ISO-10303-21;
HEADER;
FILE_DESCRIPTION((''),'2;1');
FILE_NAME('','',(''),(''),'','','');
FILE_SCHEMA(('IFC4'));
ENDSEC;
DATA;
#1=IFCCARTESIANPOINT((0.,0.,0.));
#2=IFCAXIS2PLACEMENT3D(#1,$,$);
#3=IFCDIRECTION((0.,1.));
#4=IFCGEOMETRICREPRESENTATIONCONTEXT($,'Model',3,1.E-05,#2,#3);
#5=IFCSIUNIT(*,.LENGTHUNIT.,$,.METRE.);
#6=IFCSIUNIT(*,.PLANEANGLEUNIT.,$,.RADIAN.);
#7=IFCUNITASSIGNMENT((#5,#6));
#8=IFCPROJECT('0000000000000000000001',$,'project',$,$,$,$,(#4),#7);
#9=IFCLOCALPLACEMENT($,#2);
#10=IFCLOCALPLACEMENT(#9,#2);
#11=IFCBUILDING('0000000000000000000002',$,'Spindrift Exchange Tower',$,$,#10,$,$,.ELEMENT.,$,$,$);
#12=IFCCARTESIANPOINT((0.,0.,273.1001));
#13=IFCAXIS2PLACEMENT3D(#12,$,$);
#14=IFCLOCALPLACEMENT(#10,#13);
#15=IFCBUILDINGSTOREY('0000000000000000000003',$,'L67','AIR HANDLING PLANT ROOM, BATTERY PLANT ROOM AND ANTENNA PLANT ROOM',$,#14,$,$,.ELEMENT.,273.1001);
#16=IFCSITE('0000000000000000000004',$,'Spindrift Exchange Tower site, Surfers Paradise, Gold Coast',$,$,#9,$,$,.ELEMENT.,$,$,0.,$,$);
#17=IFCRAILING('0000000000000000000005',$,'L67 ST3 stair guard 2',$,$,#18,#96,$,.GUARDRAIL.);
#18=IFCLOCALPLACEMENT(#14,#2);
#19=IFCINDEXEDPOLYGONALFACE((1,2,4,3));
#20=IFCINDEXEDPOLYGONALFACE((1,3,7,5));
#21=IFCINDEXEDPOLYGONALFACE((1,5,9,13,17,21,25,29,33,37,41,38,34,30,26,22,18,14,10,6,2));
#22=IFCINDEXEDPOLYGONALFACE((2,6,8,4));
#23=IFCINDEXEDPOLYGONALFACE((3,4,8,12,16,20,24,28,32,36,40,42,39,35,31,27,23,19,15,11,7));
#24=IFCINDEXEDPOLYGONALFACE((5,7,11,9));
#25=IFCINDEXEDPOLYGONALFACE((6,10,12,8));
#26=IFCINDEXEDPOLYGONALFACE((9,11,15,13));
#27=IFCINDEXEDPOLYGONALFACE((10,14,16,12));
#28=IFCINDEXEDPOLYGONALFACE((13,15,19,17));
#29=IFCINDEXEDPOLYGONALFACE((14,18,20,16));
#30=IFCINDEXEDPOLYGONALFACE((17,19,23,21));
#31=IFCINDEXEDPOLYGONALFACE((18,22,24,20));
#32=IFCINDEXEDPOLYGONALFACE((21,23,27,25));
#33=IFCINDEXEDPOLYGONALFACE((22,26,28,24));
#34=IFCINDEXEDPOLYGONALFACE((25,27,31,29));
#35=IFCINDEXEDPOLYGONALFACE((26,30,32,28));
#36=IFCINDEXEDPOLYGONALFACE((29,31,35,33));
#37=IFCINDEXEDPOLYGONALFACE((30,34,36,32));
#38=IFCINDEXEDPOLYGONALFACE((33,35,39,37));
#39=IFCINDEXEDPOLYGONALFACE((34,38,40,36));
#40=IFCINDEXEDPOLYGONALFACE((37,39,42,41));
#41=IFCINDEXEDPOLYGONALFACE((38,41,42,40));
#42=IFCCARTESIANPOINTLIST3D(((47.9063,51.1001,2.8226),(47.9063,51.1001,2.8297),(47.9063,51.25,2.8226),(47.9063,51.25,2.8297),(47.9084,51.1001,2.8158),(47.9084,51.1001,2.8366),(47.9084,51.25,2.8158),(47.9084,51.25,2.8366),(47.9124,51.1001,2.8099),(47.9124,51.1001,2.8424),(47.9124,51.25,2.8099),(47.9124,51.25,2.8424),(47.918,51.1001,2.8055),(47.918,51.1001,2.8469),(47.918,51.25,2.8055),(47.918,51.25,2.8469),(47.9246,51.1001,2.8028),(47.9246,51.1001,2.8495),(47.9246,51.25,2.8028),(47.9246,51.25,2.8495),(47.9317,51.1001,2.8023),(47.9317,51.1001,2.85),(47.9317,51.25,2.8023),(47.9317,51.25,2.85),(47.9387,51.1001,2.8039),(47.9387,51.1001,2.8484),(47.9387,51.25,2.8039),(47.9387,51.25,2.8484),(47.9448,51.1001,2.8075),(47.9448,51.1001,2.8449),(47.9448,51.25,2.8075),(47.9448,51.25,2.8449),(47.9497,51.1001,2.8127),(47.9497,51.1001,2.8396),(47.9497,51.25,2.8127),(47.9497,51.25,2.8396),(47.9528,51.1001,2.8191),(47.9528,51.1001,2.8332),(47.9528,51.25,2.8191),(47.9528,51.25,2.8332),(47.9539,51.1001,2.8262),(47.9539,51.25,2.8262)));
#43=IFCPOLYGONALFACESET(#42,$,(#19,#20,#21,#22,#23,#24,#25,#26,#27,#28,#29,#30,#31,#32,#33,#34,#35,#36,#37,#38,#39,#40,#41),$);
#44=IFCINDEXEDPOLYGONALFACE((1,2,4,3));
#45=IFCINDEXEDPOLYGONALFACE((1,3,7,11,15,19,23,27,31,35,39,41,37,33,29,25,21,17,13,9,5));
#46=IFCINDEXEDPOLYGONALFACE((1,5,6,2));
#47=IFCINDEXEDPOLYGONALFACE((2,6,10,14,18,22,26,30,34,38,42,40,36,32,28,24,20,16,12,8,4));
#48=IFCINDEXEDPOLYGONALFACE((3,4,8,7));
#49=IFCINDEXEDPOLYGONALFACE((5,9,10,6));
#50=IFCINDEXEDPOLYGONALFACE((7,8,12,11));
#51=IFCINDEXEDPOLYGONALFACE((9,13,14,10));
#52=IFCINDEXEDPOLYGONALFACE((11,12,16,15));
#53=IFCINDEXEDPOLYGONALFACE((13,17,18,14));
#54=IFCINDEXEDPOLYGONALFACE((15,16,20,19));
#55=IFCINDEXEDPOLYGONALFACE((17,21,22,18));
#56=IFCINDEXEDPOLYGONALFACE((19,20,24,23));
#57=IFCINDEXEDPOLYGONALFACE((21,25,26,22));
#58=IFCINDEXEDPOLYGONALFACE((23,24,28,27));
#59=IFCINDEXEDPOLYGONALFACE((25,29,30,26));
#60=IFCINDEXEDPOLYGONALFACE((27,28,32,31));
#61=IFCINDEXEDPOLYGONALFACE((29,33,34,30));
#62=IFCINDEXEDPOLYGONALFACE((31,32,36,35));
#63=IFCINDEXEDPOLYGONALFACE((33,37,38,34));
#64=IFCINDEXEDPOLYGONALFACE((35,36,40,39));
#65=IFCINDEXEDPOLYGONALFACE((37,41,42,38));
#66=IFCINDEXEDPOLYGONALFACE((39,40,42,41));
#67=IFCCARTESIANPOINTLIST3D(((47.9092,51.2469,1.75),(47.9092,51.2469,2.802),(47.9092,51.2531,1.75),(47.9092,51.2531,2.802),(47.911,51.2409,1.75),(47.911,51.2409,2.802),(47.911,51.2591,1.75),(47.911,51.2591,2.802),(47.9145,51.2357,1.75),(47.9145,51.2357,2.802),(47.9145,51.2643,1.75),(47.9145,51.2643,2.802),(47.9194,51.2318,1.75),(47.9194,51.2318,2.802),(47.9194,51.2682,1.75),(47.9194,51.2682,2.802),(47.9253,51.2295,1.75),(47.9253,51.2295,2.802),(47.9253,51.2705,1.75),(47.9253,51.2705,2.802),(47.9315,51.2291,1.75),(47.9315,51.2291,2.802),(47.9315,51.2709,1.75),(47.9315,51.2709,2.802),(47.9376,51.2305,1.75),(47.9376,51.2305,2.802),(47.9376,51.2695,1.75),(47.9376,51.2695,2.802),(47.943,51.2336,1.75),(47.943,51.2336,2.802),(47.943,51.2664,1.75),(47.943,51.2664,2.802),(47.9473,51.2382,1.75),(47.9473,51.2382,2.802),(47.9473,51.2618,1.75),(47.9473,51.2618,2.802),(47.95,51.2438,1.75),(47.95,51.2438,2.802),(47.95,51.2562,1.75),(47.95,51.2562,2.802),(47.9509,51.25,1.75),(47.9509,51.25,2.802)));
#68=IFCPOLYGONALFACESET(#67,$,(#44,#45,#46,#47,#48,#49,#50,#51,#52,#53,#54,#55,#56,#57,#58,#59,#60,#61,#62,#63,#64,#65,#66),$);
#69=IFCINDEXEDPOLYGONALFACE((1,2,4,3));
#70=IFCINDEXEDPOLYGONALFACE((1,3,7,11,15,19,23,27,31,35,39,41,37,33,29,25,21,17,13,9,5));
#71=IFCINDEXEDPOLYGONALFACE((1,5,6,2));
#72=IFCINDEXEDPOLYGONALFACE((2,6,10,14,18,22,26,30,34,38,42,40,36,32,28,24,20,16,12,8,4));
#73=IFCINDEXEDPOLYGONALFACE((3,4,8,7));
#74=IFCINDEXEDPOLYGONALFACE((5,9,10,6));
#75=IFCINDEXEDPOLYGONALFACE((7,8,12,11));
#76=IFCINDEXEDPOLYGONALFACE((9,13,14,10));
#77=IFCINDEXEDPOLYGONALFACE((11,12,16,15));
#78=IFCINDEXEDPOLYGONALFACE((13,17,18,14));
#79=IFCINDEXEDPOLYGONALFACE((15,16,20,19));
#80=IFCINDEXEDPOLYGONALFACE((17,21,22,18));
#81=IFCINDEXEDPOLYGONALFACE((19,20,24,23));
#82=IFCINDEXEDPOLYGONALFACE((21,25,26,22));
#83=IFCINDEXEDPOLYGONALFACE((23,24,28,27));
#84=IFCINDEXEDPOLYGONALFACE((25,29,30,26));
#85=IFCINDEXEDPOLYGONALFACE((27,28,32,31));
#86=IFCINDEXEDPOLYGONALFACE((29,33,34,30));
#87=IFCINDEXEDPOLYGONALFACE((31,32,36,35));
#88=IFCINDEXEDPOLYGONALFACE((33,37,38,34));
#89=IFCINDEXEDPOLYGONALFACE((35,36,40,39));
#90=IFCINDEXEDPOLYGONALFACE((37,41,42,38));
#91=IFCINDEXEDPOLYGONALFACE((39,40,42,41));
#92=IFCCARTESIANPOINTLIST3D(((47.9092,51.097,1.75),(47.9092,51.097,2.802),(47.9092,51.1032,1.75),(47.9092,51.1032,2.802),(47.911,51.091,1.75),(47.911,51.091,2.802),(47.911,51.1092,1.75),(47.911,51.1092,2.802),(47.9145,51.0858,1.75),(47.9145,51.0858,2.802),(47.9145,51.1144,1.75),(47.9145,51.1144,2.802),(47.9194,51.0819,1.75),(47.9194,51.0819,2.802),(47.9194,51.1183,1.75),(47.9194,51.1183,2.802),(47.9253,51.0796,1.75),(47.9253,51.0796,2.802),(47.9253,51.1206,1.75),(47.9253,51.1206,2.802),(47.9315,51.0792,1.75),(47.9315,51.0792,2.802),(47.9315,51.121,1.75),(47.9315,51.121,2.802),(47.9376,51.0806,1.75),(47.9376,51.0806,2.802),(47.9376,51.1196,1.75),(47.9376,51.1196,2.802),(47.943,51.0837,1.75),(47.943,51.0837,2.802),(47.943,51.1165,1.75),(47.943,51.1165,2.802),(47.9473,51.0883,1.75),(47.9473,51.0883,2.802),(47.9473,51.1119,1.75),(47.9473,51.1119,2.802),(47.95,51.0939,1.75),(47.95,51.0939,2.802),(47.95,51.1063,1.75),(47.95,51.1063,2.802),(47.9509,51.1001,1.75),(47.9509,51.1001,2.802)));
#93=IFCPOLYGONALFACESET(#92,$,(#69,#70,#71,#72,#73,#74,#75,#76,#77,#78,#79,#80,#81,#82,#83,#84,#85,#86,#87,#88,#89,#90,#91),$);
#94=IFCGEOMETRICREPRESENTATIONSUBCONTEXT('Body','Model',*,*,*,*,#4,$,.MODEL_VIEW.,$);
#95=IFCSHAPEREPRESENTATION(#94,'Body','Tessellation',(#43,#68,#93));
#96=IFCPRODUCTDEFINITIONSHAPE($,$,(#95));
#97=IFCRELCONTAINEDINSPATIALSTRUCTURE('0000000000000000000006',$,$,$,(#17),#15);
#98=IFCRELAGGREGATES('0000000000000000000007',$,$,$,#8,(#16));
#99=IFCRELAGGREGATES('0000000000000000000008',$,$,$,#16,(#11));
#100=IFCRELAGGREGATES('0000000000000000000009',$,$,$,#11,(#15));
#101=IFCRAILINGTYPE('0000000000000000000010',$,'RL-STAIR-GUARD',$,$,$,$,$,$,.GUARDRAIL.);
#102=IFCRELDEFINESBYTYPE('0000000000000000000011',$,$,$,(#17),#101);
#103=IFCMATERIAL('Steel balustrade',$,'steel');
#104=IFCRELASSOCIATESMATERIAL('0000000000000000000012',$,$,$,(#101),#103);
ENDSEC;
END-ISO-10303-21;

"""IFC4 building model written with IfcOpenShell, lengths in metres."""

from ifc_helpers import new_model, si_unit, direction, frame, origin, origin_2d, place, context, subcontext, project, spatial, circle, extrude, material, type_object, element, save


model = new_model("IFC4")

# Units and contexts
model_context = context("Model", 3, precision=1e-05, world=origin(), true_north=direction((0.0, 1.0)))
body_context = subcontext(model_context, "Body", "Model", "MODEL_VIEW")
ifc_project = project(units=[si_unit("LENGTHUNIT", "METRE"), si_unit("PLANEANGLEUNIT", "RADIAN")], contexts=[model_context])

# Site, building, storey
site_placement = place(None, origin())
site = spatial("IfcSite", under=ifc_project, at=site_placement, Name="Spindrift Exchange Tower site, Surfers Paradise, Gold Coast", CompositionType="ELEMENT", RefElevation=0.0)
building_placement = place(site_placement, origin())
building = spatial("IfcBuilding", under=site, at=building_placement, Name="Spindrift Exchange Tower", CompositionType="ELEMENT")
storey_placement = place(building_placement, frame((0.0, 0.0, 273.1001)))
storey = spatial("IfcBuildingStorey", under=building, at=storey_placement, Name="L67", Description="AIR HANDLING PLANT ROOM, BATTERY PLANT ROOM AND ANTENNA PLANT ROOM", CompositionType="ELEMENT", Elevation=273.1001)

# Railing
ifc_material_1 = material(Name="Steel balustrade", Category="steel")
railing_type_1 = type_object("IfcRailingType", Name="RL-STAIR-GUARD", PredefinedType="GUARDRAIL", material=ifc_material_1)
railing_1_placement = place(storey_placement, frame((47.9299, 51.25, 1.75)))
element("IfcRailing", 1, at=railing_1_placement, inside=storey, type_object=railing_type_1, Name="L67 ST3 stair guard 2", PredefinedType="GUARDRAIL", context=body_context, shape_type="SweptSolid", body=[
    extrude(circle(Radius=0.0239, at=origin_2d()), frame((0.0, 0.0, 1.0762), z_axis=(0.0, -1.0, 0.0), x_axis=(1.0, 0.0, 0.0)), (0.0, 0.0, 1.0), 0.1499),
    extrude(circle(Radius=0.021, at=origin_2d()), origin(), (0.0, 0.0, 1.0), 1.052),
    extrude(circle(Radius=0.021, at=origin_2d()), frame((0.0, -0.1499, 0.0)), (0.0, 0.0, 1.0), 1.052),
])

save(model, "model.ifc")
